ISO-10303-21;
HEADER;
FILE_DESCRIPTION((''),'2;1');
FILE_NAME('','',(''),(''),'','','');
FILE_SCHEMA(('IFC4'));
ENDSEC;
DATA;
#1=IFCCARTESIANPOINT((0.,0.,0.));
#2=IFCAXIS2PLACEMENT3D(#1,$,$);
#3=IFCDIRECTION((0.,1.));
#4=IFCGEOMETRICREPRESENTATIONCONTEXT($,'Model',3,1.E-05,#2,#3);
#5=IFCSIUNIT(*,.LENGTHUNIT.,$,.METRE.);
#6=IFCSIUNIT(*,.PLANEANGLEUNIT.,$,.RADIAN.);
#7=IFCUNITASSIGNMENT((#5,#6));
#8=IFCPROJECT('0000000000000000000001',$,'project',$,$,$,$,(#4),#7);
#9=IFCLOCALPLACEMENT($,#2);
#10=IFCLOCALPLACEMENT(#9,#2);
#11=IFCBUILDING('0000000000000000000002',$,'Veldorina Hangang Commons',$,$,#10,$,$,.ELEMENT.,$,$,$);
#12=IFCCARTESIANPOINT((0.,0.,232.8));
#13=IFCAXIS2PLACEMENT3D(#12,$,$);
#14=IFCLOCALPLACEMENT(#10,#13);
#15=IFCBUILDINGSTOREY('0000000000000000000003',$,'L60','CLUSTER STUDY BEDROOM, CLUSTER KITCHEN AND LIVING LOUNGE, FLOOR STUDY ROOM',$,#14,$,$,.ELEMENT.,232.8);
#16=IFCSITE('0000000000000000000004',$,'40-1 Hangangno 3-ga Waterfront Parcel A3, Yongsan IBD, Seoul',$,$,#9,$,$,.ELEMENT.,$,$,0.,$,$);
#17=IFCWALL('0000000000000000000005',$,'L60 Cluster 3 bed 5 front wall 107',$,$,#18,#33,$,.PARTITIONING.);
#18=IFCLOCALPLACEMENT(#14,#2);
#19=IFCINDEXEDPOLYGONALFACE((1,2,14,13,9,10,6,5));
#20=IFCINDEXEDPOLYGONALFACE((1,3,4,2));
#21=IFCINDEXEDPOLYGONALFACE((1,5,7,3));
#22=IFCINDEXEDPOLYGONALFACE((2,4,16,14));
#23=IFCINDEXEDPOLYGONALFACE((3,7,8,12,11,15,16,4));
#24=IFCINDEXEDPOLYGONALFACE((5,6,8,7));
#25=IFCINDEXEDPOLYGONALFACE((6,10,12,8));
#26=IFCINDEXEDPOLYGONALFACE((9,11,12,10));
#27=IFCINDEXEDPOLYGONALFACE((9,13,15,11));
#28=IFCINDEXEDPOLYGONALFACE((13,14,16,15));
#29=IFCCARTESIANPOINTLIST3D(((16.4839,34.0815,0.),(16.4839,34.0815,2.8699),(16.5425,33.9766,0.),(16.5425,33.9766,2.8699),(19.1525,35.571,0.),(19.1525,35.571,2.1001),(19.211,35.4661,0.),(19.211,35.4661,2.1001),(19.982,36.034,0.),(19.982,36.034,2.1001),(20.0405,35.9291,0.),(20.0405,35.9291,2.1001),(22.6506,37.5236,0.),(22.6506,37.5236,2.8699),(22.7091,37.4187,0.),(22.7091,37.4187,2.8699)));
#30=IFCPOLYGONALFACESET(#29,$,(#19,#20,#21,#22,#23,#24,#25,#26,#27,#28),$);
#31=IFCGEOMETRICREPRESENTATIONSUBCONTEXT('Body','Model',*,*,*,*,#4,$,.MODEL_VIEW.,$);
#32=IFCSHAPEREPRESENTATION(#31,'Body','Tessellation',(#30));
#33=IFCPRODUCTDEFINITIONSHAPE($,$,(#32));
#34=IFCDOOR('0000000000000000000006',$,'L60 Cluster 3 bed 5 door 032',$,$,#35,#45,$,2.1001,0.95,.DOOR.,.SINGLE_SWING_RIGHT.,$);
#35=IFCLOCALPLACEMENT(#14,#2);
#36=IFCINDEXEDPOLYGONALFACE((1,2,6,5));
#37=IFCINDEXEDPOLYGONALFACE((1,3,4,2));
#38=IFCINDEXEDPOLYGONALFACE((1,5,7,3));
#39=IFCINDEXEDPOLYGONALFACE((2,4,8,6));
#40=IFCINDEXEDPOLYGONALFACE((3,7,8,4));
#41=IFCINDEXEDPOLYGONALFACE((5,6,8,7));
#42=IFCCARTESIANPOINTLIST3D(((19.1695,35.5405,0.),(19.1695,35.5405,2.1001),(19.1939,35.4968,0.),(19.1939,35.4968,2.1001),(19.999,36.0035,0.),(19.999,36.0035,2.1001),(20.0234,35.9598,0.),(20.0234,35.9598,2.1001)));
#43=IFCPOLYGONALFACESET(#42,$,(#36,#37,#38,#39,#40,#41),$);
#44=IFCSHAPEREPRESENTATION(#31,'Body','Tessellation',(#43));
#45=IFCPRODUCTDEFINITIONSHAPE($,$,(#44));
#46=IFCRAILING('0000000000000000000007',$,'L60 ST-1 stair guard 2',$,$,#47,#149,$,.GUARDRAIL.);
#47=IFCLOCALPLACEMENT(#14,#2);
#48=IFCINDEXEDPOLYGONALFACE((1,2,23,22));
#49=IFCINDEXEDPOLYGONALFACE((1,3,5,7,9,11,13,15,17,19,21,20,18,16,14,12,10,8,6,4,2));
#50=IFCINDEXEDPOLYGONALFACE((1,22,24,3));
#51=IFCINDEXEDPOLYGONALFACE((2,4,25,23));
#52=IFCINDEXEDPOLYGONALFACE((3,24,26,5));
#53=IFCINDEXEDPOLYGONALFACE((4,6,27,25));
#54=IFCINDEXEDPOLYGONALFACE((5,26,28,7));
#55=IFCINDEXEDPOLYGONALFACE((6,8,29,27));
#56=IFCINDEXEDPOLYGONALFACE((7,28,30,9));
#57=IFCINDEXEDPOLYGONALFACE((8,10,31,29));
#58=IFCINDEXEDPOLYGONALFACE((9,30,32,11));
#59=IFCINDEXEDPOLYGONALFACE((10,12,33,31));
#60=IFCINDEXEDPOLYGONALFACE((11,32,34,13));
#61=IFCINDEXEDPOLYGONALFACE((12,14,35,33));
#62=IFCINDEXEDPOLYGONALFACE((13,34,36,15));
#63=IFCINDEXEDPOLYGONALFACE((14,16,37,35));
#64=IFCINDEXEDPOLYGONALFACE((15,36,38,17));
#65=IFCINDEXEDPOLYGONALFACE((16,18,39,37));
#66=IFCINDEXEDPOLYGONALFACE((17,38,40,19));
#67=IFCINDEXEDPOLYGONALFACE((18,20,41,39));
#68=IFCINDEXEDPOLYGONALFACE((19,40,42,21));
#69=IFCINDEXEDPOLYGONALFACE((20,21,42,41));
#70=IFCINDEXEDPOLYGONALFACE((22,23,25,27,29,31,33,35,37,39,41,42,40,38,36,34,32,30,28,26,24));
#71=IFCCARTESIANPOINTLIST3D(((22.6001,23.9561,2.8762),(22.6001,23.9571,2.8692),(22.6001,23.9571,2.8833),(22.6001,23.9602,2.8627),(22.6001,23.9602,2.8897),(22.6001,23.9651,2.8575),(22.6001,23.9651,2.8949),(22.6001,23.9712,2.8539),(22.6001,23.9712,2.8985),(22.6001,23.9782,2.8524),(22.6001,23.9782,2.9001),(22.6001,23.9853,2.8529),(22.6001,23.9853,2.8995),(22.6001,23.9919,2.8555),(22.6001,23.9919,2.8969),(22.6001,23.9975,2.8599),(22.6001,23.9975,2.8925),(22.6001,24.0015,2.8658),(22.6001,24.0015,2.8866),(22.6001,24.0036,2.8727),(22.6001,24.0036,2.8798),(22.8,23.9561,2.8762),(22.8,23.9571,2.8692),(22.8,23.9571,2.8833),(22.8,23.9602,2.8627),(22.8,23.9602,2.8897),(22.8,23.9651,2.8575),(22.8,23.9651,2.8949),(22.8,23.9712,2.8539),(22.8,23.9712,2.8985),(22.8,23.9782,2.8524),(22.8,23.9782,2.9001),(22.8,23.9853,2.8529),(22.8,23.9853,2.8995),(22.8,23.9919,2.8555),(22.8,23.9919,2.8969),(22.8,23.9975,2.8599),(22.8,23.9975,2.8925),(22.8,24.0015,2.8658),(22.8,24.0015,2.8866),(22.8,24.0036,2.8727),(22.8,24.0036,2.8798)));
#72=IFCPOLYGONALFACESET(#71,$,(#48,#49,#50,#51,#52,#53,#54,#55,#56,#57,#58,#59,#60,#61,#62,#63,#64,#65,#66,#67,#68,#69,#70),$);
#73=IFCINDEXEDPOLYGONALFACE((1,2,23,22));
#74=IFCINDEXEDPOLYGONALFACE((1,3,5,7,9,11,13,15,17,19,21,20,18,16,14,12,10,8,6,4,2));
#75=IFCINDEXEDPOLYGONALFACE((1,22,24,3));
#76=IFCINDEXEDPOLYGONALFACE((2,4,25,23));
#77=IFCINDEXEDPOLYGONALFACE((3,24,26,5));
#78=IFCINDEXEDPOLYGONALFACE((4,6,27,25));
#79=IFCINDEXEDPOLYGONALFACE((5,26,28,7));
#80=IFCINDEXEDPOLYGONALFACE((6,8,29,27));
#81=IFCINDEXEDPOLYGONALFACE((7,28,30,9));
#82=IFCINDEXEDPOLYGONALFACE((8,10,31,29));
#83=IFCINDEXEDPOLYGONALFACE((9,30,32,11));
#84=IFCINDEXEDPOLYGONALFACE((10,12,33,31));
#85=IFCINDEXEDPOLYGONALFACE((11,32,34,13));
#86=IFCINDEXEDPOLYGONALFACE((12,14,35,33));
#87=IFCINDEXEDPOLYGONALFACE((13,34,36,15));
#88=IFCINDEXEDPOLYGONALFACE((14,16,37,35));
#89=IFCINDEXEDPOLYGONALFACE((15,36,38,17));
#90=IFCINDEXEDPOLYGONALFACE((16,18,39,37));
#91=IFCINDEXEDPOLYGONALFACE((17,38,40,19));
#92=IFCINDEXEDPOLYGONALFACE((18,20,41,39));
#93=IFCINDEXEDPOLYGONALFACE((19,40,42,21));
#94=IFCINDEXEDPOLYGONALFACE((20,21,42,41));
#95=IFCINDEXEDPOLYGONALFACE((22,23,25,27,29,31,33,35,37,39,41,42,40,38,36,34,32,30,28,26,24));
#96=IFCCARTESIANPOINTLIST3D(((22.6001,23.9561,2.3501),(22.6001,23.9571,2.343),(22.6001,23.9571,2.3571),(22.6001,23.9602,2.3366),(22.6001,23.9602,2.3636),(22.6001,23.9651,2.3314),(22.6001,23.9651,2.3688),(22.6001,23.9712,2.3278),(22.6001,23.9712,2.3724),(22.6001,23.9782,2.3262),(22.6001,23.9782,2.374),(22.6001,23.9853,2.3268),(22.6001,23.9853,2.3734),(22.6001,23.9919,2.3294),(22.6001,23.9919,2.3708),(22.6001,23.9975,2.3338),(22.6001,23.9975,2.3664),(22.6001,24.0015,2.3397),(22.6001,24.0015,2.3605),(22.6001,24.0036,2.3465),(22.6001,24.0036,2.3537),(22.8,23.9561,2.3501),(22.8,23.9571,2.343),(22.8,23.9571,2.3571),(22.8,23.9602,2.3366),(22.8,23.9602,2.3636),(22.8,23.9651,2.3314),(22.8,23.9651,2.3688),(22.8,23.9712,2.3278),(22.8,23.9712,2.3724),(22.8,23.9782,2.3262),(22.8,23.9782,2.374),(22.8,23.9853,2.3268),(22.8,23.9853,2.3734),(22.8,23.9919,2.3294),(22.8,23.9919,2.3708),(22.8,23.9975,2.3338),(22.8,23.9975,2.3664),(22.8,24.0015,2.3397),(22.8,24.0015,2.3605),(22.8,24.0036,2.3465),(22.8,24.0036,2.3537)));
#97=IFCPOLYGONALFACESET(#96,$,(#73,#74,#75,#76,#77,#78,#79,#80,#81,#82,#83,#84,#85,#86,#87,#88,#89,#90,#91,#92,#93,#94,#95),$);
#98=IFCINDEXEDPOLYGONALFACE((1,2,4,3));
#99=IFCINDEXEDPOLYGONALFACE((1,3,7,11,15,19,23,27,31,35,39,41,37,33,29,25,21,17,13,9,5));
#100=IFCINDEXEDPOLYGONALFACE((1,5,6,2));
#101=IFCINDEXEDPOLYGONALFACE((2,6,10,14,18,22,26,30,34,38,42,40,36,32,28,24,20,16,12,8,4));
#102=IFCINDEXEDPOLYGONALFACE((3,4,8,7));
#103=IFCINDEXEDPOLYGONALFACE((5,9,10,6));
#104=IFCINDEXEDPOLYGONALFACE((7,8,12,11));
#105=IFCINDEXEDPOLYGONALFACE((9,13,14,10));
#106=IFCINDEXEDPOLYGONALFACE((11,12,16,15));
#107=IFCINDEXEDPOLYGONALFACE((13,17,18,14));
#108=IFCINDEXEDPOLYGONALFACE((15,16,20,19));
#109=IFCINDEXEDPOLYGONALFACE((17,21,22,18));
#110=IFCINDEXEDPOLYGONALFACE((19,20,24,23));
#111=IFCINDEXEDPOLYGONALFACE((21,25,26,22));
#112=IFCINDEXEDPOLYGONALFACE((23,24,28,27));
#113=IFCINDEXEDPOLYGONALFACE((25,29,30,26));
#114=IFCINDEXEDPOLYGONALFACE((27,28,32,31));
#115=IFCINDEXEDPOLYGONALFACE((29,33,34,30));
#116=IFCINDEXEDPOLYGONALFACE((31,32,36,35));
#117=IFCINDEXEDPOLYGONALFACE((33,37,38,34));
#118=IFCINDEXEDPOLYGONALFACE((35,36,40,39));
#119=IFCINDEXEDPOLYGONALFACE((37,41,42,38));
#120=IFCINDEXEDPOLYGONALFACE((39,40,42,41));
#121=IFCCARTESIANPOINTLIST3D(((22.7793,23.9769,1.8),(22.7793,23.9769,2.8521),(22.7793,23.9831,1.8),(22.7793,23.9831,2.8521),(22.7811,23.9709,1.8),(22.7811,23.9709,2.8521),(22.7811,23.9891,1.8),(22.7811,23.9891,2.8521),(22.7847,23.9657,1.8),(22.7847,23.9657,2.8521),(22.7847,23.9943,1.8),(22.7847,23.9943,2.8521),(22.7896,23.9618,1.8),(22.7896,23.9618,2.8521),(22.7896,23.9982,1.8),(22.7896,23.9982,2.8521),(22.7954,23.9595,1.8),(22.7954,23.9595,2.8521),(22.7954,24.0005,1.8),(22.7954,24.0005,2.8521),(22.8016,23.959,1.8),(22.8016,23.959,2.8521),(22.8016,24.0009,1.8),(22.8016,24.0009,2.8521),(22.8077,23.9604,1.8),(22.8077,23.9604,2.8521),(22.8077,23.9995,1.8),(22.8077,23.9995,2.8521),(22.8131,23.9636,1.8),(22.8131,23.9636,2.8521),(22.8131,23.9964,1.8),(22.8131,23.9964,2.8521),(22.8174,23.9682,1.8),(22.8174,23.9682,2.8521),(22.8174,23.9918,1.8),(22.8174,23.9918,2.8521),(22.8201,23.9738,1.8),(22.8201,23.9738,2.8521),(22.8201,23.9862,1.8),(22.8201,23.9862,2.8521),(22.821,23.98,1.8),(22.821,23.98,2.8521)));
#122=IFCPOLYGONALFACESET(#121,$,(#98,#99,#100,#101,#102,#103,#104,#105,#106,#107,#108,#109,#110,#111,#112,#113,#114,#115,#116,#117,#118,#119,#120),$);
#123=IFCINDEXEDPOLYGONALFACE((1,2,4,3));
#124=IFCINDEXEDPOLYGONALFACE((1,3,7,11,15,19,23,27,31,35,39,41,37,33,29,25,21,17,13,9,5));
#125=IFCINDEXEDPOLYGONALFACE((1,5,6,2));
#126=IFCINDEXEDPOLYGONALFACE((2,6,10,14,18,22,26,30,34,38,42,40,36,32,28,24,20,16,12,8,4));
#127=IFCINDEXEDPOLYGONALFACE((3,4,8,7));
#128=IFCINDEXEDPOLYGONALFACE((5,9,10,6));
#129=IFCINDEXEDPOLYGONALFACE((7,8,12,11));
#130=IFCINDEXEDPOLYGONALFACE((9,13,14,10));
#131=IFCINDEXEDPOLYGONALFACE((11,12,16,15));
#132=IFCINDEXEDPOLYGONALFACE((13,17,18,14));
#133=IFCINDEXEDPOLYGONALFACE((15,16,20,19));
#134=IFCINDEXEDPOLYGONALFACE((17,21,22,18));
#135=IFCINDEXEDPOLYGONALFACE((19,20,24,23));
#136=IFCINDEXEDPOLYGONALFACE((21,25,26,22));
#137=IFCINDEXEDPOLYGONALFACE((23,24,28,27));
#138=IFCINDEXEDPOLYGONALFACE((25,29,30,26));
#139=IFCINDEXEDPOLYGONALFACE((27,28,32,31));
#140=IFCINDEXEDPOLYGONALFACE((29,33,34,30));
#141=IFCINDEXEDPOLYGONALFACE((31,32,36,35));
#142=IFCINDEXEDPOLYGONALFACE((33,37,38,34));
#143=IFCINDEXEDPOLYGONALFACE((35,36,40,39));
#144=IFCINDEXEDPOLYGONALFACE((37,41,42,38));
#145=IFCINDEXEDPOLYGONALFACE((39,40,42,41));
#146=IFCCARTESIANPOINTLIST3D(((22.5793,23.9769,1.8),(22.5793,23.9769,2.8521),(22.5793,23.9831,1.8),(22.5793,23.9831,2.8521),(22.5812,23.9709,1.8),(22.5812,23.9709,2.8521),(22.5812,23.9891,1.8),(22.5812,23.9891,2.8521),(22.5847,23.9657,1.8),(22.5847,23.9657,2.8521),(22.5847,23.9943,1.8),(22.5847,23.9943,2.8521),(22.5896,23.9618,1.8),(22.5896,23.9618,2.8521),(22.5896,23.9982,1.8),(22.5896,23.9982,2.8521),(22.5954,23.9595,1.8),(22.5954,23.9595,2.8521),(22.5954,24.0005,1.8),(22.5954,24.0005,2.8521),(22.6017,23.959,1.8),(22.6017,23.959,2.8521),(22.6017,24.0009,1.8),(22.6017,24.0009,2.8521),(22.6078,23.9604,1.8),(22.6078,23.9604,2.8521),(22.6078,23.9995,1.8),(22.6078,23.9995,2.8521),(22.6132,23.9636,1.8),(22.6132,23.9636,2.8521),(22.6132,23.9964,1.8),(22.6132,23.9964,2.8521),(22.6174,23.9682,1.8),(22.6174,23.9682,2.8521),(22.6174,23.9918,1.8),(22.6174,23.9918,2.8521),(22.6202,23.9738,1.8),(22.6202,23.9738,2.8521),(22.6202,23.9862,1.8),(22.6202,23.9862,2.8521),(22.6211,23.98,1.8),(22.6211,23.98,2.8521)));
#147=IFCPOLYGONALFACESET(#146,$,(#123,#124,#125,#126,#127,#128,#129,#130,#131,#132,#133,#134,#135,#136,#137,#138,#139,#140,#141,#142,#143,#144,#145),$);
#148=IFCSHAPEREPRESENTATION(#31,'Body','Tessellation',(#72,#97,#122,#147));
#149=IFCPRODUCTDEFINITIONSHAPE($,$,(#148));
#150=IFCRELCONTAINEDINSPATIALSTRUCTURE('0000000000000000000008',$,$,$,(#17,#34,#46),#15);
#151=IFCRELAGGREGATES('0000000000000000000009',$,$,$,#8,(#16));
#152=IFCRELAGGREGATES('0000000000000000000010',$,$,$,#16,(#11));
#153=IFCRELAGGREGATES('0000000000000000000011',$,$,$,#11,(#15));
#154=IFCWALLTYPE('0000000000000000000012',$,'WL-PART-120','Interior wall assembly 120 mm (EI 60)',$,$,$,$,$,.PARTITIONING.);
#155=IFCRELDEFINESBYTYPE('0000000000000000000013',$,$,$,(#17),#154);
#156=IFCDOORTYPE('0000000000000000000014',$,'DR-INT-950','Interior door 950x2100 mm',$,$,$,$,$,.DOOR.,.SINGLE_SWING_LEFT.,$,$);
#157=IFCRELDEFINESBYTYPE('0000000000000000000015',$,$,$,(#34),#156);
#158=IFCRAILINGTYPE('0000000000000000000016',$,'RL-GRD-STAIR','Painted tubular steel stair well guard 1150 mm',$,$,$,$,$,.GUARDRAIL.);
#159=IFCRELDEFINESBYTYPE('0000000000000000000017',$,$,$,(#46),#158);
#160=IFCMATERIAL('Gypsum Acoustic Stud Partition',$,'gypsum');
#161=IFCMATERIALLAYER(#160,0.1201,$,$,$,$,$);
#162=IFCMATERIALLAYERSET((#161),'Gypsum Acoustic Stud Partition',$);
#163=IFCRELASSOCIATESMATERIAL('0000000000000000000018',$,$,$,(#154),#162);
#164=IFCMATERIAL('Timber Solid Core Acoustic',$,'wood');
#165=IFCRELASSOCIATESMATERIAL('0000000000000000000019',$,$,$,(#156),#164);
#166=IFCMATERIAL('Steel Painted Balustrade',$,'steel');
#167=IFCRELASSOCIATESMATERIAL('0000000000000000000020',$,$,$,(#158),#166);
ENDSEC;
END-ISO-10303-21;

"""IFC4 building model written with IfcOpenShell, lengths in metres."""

from ifc_helpers import new_model, si_unit, direction, frame, frame_2d, origin, origin_2d, place, context, subcontext, project, spatial, rectangle, circle, extrude, material, layer, layer_set, type_object, element, fill, save


model = new_model("IFC4")

# Units and contexts
model_context = context("Model", 3, precision=1e-05, world=origin(), true_north=direction((0.0, 1.0)))
body_context = subcontext(model_context, "Body", "Model", "MODEL_VIEW")
ifc_project = project(units=[si_unit("LENGTHUNIT", "METRE"), si_unit("PLANEANGLEUNIT", "RADIAN")], contexts=[model_context])

# Site, building, storey
site_placement = place(None, origin())
site = spatial("IfcSite", under=ifc_project, at=site_placement, Name="40-1 Hangangno 3-ga Waterfront Parcel A3, Yongsan IBD, Seoul", CompositionType="ELEMENT", RefElevation=0.0)
building_placement = place(site_placement, origin())
building = spatial("IfcBuilding", under=site, at=building_placement, Name="Veldorina Hangang Commons", CompositionType="ELEMENT")
storey_placement = place(building_placement, frame((0.0, 0.0, 232.8)))
storey = spatial("IfcBuildingStorey", under=building, at=storey_placement, Name="L60", Description="CLUSTER STUDY BEDROOM, CLUSTER KITCHEN AND LIVING LOUNGE, FLOOR STUDY ROOM", CompositionType="ELEMENT", Elevation=232.8)

# Shared definitions
ifc_material_1 = material(Name="Gypsum Acoustic Stud Partition", Category="gypsum")
ifc_layer_1 = layer(ifc_material_1, 0.1201)
ifc_layer_set_1 = layer_set([ifc_layer_1], Name="Gypsum Acoustic Stud Partition")
wall_type_1 = type_object("IfcWallType", Name="WL-PART-120", Description="Interior wall assembly 120 mm (EI 60)", PredefinedType="PARTITIONING", material=ifc_layer_set_1)

# Shared definitions
ifc_material_2 = material(Name="Timber Solid Core Acoustic", Category="wood")
door_type_1 = type_object("IfcDoorType", Name="DR-INT-950", Description="Interior door 950x2100 mm", OperationType="SINGLE_SWING_LEFT", PredefinedType="DOOR", material=ifc_material_2)

# Wall, opening, door
wall_1_placement = place(storey_placement, frame((22.6799, 37.4712, 0.0), z_axis=(0.0, 0.0, 1.0), x_axis=(-0.873184, -0.487391, 0.0)))
wall_1 = element("IfcWall", 1, at=wall_1_placement, inside=storey, type_object=wall_type_1, Name="L60 Cluster 3 bed 5 front wall 107", PredefinedType="PARTITIONING", context=body_context, shape_type="SweptSolid", body=[
    extrude(rectangle(XDim=7.0623, YDim=0.1201, at=frame_2d((3.5312, 0.0))), origin(), (0.0, 0.0, 1.0), 2.8699),
])
opening_1_placement = place(wall_1_placement, frame((3.0562, 0.0, 0.0)))
opening_1 = element("IfcOpeningElement", 2, at=opening_1_placement, cuts=wall_1, PredefinedType="OPENING", context=body_context, shape_type="SweptSolid", body=[
    extrude(rectangle(XDim=0.95, YDim=2.1001, at=frame_2d((0.4751, 1.05))), frame((0.0, 0.0701, 0.0), z_axis=(0.0, -1.0, 0.0), x_axis=(1.0, 0.0, 0.0)), (0.0, 0.0, 1.0), 0.1401),
])
door_1_placement = place(opening_1_placement, origin())
door_1 = element("IfcDoor", 3, at=door_1_placement, inside=storey, type_object=door_type_1, Name="L60 Cluster 3 bed 5 door 032", OperationType="SINGLE_SWING_RIGHT", OverallHeight=2.1001, OverallWidth=0.95, PredefinedType="DOOR", context=body_context, shape_type="SweptSolid", body=[
    extrude(rectangle(XDim=0.95, YDim=2.1001, at=frame_2d((0.4751, 1.05))), frame((0.0, 0.0249, 0.0), z_axis=(0.0, -1.0, 0.0), x_axis=(1.0, 0.0, 0.0)), (0.0, 0.0, 1.0), 0.05),
])
fill(opening_1, door_1)

# Railing
ifc_material_3 = material(Name="Steel Painted Balustrade", Category="steel")
railing_type = type_object("IfcRailingType", Name="RL-GRD-STAIR", Description="Painted tubular steel stair well guard 1150 mm", PredefinedType="GUARDRAIL", material=ifc_material_3)
railing_1_placement = place(storey_placement, frame((22.8, 23.98, 1.8)))
element("IfcRailing", 4, at=railing_1_placement, inside=storey, type_object=railing_type, Name="L60 ST-1 stair guard 2", PredefinedType="GUARDRAIL", context=body_context, shape_type="SweptSolid", body=[
    extrude(circle(Radius=0.0239, at=origin_2d()), frame((0.0, 0.0, 1.0762), z_axis=(-1.0, 0.0, 0.0), x_axis=(0.0, -1.0, 0.0)), (0.0, 0.0, 1.0), 0.2),
    extrude(circle(Radius=0.0239, at=origin_2d()), frame((0.0, 0.0, 0.55), z_axis=(-1.0, 0.0, 0.0), x_axis=(0.0, -1.0, 0.0)), (0.0, 0.0, 1.0), 0.2),
    extrude(circle(Radius=0.021, at=origin_2d()), origin(), (0.0, 0.0, 1.0), 1.052),
    extrude(circle(Radius=0.021, at=origin_2d()), frame((-0.2, 0.0, 0.0)), (0.0, 0.0, 1.0), 1.052),
])

save(model, "model.ifc")
